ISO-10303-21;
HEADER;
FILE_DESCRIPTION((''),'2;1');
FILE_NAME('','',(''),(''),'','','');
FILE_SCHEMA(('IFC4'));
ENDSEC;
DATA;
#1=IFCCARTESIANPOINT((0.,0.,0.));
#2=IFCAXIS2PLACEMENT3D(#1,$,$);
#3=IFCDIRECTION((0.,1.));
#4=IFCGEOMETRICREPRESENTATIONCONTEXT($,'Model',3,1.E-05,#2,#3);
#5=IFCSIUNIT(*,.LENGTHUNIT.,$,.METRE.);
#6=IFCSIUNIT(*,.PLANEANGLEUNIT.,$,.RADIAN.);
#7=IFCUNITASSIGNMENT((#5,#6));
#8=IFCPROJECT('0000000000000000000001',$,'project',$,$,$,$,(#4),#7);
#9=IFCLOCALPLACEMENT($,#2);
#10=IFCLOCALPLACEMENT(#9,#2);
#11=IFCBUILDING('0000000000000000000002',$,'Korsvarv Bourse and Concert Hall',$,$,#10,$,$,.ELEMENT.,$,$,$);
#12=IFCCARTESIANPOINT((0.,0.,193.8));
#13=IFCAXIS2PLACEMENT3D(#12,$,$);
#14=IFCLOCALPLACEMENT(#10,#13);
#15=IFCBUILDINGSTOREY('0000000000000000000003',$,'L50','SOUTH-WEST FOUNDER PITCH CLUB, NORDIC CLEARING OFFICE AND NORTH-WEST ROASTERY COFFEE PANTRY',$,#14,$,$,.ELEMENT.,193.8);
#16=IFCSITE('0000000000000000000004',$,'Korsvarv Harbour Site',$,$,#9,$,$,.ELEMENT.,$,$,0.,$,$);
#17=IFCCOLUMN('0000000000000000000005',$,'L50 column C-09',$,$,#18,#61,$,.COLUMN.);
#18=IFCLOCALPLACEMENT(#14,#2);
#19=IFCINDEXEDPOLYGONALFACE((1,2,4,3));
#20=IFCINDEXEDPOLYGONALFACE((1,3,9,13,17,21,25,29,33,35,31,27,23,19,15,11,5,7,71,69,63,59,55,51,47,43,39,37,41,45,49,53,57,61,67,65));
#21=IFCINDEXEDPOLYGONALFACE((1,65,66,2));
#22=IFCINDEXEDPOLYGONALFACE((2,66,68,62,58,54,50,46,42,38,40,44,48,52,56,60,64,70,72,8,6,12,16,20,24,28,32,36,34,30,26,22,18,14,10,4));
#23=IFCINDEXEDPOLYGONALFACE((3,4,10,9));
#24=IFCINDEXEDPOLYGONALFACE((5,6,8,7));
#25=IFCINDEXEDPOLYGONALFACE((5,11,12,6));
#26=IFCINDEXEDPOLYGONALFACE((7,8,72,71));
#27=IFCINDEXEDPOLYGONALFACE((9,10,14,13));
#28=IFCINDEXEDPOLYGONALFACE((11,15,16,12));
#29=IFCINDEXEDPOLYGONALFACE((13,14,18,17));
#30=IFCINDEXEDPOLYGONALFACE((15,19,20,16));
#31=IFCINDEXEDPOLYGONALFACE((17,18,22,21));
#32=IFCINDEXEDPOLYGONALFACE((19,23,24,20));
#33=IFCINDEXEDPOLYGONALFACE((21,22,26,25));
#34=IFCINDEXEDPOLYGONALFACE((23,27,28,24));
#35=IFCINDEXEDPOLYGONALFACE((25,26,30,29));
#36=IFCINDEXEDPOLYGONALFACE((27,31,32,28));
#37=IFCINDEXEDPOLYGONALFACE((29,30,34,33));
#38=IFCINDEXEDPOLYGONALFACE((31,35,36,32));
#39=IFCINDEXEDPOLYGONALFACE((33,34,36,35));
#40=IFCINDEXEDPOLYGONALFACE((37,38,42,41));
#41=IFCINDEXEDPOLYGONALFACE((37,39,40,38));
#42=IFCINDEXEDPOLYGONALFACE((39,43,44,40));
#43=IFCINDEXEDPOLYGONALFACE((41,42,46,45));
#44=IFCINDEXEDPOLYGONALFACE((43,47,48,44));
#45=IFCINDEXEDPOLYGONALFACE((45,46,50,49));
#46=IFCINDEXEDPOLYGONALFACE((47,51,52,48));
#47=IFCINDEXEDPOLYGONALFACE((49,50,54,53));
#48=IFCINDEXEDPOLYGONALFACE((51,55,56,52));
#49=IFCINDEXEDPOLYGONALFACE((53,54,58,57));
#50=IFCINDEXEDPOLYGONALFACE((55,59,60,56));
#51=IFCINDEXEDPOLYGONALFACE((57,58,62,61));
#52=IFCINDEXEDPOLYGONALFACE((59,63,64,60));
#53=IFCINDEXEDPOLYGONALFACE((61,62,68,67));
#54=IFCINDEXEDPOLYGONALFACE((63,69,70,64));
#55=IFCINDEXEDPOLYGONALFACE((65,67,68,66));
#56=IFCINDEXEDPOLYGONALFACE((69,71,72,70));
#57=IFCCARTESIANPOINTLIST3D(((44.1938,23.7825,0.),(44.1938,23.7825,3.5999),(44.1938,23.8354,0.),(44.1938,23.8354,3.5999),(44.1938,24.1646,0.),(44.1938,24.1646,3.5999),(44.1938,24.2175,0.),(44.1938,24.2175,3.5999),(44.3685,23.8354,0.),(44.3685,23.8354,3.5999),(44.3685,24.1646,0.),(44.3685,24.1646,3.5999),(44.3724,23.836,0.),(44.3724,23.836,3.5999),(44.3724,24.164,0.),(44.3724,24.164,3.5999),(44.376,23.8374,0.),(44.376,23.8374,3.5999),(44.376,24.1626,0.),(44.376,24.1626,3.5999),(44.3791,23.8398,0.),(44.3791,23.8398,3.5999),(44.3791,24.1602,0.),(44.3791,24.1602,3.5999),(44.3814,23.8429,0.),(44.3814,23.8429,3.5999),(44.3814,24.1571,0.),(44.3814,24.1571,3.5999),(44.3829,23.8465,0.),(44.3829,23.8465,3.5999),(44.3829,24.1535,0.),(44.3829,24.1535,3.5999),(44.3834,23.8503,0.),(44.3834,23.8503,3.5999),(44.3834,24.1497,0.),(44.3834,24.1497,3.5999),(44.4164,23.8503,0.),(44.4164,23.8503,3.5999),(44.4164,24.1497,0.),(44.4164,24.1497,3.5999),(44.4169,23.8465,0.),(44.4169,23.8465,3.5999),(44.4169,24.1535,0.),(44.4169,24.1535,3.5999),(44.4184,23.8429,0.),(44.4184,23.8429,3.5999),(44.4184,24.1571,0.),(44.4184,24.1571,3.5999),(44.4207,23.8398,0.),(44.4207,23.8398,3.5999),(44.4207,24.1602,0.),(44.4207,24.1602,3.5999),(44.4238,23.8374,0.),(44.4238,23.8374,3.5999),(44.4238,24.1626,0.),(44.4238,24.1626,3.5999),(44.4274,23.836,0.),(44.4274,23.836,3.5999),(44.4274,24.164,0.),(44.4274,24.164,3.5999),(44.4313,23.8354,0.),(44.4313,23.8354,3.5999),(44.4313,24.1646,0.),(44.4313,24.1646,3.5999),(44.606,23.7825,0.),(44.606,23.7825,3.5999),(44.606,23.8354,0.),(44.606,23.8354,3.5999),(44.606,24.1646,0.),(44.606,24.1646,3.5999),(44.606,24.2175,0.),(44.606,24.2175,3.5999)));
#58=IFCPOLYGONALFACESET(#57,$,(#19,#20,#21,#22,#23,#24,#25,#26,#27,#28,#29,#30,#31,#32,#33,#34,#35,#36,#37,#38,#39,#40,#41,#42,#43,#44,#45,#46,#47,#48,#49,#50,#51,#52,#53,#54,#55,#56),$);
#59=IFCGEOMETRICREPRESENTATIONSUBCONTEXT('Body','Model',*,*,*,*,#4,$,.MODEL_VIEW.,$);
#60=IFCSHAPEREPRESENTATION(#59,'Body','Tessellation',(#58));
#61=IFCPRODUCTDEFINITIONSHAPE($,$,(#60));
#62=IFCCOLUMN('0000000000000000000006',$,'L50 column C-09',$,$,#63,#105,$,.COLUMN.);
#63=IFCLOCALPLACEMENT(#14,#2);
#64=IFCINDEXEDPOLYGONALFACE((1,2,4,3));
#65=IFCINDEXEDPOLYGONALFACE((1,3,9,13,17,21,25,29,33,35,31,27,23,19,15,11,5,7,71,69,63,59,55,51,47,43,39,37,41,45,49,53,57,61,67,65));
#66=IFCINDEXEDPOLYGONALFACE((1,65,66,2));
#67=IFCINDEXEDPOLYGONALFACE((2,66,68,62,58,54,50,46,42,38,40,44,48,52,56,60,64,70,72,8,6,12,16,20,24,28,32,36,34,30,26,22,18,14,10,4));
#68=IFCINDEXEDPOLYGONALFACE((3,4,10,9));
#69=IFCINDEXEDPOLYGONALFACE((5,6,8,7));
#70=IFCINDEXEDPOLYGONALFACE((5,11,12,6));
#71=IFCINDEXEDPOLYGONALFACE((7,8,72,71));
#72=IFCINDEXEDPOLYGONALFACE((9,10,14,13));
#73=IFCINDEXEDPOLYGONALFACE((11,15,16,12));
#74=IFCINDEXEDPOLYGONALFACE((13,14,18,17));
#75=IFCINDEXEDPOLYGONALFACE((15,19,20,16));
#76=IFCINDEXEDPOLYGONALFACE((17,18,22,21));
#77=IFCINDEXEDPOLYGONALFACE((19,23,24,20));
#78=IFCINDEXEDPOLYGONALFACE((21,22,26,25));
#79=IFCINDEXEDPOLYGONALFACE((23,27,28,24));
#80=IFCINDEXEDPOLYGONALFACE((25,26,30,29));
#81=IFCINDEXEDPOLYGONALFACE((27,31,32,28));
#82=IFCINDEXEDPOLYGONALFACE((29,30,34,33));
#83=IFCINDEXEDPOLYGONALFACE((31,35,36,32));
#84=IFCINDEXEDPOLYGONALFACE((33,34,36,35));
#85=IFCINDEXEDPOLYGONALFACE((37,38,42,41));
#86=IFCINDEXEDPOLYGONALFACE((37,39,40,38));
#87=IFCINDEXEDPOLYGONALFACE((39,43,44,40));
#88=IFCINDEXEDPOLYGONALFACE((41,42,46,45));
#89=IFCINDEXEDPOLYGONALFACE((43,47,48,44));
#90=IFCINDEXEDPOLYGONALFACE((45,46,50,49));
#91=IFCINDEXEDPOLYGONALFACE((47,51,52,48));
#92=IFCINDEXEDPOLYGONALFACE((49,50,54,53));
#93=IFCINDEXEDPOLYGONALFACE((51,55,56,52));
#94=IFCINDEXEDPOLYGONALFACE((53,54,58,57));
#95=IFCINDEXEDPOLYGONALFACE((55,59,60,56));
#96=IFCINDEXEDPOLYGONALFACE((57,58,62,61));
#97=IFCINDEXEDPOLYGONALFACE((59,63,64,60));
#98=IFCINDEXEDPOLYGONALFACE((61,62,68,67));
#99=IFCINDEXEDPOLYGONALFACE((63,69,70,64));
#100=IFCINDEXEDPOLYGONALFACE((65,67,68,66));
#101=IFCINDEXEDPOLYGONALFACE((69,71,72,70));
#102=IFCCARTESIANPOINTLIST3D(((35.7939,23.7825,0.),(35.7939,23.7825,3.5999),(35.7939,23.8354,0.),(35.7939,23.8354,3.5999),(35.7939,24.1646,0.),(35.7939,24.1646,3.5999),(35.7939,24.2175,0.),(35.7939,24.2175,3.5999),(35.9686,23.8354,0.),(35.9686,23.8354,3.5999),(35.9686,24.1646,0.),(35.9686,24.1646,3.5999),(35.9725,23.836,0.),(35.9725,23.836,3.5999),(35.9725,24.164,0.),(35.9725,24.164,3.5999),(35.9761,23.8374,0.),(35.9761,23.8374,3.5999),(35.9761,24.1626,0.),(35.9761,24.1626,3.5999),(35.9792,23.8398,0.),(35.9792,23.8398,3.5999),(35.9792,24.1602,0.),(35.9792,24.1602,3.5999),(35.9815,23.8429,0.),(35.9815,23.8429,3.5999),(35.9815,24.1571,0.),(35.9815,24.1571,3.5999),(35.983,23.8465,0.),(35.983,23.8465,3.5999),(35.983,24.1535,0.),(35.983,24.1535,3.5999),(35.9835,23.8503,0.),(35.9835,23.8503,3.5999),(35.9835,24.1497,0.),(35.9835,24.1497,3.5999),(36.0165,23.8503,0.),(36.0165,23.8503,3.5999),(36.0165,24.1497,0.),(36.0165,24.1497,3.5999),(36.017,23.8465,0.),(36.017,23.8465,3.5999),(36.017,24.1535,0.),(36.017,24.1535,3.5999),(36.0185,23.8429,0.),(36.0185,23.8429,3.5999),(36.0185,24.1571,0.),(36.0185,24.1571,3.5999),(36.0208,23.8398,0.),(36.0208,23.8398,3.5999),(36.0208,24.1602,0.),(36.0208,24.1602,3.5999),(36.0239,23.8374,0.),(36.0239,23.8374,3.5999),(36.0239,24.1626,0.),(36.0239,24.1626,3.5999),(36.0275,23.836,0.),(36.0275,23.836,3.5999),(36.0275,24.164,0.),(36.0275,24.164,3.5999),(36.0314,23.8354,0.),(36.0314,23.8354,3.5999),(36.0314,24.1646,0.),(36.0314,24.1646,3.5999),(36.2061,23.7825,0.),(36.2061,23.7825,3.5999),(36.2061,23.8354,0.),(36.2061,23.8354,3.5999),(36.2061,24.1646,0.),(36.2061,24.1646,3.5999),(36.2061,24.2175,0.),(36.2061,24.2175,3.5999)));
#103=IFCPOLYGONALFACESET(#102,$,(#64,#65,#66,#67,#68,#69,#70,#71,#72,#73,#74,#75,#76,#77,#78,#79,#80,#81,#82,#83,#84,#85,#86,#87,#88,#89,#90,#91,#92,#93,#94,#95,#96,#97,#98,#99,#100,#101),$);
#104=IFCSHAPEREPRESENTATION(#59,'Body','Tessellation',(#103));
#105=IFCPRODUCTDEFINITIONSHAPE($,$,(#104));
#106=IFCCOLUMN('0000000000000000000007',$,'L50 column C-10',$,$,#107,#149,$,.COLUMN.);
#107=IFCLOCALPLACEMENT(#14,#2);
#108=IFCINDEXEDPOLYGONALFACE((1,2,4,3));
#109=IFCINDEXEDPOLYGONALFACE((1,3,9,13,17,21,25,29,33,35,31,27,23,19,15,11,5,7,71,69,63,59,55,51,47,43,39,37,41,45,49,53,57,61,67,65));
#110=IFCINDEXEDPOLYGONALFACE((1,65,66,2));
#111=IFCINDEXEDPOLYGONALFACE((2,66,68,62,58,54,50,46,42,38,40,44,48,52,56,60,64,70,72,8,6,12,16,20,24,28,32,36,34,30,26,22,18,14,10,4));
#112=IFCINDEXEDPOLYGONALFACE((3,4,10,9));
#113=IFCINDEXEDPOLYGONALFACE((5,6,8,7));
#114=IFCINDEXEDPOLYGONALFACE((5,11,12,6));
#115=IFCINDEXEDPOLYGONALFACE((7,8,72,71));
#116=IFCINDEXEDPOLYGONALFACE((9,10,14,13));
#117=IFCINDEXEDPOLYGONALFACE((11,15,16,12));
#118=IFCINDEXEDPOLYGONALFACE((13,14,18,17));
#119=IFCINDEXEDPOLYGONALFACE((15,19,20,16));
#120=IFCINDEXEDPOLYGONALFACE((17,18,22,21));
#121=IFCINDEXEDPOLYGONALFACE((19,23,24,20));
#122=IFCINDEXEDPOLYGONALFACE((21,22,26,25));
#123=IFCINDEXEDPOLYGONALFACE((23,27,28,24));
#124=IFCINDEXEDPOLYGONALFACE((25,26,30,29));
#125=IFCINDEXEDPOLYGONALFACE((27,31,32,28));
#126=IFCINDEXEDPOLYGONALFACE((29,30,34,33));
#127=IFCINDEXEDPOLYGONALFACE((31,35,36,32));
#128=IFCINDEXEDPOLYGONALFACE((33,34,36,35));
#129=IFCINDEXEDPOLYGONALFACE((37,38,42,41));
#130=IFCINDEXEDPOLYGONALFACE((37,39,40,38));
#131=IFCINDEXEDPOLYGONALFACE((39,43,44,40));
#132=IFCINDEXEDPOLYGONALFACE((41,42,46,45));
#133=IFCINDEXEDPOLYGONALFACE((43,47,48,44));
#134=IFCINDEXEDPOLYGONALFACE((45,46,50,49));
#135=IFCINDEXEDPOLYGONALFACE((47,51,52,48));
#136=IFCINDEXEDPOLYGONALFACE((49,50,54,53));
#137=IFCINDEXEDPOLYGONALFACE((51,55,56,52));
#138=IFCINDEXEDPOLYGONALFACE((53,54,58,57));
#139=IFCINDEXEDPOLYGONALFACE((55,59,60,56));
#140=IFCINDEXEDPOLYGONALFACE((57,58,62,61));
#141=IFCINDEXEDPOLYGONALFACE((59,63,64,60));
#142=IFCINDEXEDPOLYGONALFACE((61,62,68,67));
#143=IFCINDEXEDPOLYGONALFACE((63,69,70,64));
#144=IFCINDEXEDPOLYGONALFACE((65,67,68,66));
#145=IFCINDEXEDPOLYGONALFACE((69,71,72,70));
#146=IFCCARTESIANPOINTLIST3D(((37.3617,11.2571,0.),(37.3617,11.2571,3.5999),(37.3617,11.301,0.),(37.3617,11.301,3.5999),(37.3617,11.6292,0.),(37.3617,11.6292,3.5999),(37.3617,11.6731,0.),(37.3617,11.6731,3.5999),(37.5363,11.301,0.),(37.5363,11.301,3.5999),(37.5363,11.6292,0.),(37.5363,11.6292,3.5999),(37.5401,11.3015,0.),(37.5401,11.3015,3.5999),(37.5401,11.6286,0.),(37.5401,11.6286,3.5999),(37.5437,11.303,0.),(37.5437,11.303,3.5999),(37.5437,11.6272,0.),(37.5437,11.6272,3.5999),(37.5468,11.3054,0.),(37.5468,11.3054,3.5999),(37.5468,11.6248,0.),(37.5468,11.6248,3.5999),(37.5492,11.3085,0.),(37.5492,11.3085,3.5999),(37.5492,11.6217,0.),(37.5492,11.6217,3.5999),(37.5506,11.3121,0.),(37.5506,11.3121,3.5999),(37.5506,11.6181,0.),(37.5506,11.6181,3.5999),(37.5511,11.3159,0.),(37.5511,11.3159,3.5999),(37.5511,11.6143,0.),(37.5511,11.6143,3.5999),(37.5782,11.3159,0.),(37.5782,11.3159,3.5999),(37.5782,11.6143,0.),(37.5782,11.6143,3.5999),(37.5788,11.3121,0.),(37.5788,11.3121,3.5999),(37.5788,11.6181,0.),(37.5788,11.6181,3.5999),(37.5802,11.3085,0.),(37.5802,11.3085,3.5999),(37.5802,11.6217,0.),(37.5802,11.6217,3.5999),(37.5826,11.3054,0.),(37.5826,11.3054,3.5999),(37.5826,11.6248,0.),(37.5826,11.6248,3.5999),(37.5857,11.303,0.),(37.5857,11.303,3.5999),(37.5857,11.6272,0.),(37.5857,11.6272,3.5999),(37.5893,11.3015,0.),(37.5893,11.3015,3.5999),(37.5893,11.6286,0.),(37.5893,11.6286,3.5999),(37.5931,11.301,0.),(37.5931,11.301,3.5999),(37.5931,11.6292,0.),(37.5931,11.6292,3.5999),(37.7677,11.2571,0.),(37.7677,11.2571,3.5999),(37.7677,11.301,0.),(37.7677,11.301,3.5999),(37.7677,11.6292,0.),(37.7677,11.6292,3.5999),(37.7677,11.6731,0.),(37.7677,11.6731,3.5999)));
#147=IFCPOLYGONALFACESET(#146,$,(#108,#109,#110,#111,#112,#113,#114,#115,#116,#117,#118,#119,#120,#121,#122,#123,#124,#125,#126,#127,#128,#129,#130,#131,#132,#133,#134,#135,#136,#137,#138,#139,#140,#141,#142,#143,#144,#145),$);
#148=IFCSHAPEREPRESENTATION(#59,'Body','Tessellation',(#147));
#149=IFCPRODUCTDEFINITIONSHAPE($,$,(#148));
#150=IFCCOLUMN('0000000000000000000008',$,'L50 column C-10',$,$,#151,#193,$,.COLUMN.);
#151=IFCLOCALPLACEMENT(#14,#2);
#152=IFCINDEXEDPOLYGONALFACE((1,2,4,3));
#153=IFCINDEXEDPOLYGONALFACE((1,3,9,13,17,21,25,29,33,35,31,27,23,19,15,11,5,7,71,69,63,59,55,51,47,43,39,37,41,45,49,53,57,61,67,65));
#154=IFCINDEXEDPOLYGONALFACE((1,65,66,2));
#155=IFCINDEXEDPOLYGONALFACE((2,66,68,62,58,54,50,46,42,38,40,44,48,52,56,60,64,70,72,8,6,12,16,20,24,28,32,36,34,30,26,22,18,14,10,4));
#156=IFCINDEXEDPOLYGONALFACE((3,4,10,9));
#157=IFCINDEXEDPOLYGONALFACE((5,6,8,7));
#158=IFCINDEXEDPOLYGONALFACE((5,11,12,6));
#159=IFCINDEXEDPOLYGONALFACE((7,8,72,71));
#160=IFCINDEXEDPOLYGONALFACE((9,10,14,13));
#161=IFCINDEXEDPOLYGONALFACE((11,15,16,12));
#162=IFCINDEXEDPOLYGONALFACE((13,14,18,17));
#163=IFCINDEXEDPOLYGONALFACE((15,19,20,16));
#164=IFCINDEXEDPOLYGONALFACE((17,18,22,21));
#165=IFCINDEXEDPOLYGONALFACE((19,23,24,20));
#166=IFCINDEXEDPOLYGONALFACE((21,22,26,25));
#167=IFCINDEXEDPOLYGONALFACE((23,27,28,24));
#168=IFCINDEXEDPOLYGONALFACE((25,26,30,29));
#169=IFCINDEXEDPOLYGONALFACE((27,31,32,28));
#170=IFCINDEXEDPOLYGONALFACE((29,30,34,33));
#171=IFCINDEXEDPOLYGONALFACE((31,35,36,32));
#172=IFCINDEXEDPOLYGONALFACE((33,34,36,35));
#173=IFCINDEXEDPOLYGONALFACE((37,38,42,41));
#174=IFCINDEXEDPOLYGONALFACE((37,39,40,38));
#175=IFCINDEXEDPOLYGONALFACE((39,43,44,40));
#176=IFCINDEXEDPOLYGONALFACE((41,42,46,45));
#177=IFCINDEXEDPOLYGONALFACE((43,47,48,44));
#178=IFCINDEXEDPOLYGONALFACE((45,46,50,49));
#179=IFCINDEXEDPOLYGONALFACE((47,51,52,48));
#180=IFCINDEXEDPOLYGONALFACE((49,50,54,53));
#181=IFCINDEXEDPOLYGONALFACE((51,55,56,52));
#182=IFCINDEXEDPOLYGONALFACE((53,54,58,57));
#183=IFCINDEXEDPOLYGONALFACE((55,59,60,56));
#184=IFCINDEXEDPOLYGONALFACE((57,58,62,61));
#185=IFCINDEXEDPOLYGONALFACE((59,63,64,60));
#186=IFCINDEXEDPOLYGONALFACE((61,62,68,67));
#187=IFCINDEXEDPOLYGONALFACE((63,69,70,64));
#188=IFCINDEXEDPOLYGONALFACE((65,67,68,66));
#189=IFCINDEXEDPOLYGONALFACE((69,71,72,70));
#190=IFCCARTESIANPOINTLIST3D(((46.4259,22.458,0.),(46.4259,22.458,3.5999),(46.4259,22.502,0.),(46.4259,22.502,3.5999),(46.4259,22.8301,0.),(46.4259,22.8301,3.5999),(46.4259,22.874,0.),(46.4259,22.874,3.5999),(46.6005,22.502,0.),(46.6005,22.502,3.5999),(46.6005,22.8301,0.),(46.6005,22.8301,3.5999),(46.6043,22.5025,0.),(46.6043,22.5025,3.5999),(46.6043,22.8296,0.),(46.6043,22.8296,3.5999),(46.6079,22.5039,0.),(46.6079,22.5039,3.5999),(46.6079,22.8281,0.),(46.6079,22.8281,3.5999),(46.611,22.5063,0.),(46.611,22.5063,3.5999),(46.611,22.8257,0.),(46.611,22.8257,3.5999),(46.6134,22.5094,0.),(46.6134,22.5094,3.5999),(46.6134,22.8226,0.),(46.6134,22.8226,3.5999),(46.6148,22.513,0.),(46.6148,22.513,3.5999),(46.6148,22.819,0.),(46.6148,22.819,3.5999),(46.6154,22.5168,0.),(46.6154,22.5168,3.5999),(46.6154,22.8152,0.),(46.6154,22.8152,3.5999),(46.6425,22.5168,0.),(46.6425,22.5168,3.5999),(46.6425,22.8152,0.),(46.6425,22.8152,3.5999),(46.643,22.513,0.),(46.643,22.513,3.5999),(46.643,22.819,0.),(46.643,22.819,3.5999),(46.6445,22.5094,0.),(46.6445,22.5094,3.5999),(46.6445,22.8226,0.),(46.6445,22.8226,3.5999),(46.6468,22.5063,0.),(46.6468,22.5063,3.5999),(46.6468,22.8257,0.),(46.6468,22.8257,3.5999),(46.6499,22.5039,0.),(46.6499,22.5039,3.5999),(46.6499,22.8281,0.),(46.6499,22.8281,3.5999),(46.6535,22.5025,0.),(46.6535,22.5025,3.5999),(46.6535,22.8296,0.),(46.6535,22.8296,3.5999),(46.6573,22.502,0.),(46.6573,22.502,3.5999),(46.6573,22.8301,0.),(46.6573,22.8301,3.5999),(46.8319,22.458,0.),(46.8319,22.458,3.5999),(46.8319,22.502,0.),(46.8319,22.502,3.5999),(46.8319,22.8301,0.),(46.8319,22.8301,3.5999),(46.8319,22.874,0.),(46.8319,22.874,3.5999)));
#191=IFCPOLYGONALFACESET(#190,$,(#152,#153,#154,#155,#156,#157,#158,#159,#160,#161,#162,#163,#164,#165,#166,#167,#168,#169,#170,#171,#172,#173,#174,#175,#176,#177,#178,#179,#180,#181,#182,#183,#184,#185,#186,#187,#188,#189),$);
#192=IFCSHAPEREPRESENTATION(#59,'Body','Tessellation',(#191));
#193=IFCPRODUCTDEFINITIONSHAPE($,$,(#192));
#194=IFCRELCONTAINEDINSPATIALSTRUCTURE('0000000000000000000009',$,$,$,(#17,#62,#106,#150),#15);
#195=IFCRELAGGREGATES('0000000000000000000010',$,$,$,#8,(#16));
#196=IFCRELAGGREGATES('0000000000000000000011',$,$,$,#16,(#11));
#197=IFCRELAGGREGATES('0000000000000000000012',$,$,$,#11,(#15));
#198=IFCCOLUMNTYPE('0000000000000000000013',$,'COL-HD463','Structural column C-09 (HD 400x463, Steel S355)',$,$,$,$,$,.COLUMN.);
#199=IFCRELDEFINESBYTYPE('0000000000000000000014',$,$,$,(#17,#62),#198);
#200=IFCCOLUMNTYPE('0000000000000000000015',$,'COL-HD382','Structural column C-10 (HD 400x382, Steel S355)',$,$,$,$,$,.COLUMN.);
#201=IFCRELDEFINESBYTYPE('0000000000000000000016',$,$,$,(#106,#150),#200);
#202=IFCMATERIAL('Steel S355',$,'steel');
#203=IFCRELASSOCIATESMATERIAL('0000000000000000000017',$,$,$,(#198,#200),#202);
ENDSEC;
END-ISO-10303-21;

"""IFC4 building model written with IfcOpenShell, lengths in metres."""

from ifc_helpers import new_model, si_unit, direction, frame, origin, origin_2d, place, context, subcontext, project, spatial, i_section, extrude, source, transform, mapped, material, material_profile, profile_set, type_object, element, save


model = new_model("IFC4")

# Units and contexts
model_context = context("Model", 3, precision=1e-05, world=origin(), true_north=direction((0.0, 1.0)))
body_context = subcontext(model_context, "Body", "Model", "MODEL_VIEW")
ifc_project = project(units=[si_unit("LENGTHUNIT", "METRE"), si_unit("PLANEANGLEUNIT", "RADIAN")], contexts=[model_context])

# Site, building, storey
site_placement = place(None, origin())
site = spatial("IfcSite", under=ifc_project, at=site_placement, Name="Korsvarv Harbour Site", CompositionType="ELEMENT", RefElevation=0.0)
building_placement = place(site_placement, origin())
building = spatial("IfcBuilding", under=site, at=building_placement, Name="Korsvarv Bourse and Concert Hall", CompositionType="ELEMENT")
storey_placement = place(building_placement, frame((0.0, 0.0, 193.8)))
storey = spatial("IfcBuildingStorey", under=building, at=storey_placement, Name="L50", Description="SOUTH-WEST FOUNDER PITCH CLUB, NORDIC CLEARING OFFICE AND NORTH-WEST ROASTERY COFFEE PANTRY", CompositionType="ELEMENT", Elevation=193.8)

# Columns
ifc_material_1 = material(Name="Steel S355", Category="steel")
ifc_material_profile_1 = material_profile(ifc_material_1, i_section(OverallWidth=0.4121, OverallDepth=0.4351, WebThickness=0.033, FlangeThickness=0.053, FilletRadius=0.0149, at=origin_2d()), Name="HD 400x463")
ifc_profile_set_1 = profile_set([ifc_material_profile_1], Name="Steel S355")
column_type_1 = type_object("IfcColumnType", Name="COL-HD463", Description="Structural column C-09 (HD 400x463, Steel S355)", PredefinedType="COLUMN", material=ifc_profile_set_1)
shared_shape_1 = source(origin(), body_context, "Body", "SweptSolid", [
    extrude(i_section(OverallWidth=0.4121, OverallDepth=0.4351, WebThickness=0.033, FlangeThickness=0.053, FilletRadius=0.0149, at=origin_2d()), origin(), (0.0, 0.0, 1.0), 3.5999),
])
for number, where, z_axis, x_axis, name in (
    (1, (44.3999, 24.0, 0.0), (0.0, 0.0, 1.0), (1.0, 0.0, 0.0), "L50 column C-09"),
    (2, (36.0, 24.0, 0.0), (0.0, 0.0, 1.0), (1.0, 0.0, 0.0), "L50 column C-09"),
):
    element("IfcColumn", number, at=place(storey_placement, frame(where, z_axis=z_axis, x_axis=x_axis)), inside=storey, type_object=column_type_1, Name=name, PredefinedType="COLUMN", context=body_context, shape_type="MappedRepresentation", body=[
        mapped(shared_shape_1, transform((0.0, 0.0, 0.0), scale=1.0)),
    ])
ifc_material_profile_2 = material_profile(ifc_material_1, i_section(OverallWidth=0.406, OverallDepth=0.416, WebThickness=0.0271, FlangeThickness=0.0439, FilletRadius=0.0149, at=origin_2d()), Name="HD 400x382")
ifc_profile_set_2 = profile_set([ifc_material_profile_2], Name="Steel S355")
column_type_2 = type_object("IfcColumnType", Name="COL-HD382", Description="Structural column C-10 (HD 400x382, Steel S355)", PredefinedType="COLUMN", material=ifc_profile_set_2)
shared_shape_2 = source(origin(), body_context, "Body", "SweptSolid", [
    extrude(i_section(OverallWidth=0.406, OverallDepth=0.416, WebThickness=0.0271, FlangeThickness=0.0439, FilletRadius=0.0149, at=origin_2d()), origin(), (0.0, 0.0, 1.0), 3.5999),
])
for number, where, z_axis, x_axis, name in (
    (3, (37.5647, 11.4651, 0.0), (0.0, 0.0, 1.0), (1.0, 0.0, 0.0), "L50 column C-10"),
    (4, (46.6289, 22.666, 0.0), (0.0, 0.0, 1.0), (1.0, 0.0, 0.0), "L50 column C-10"),
):
    element("IfcColumn", number, at=place(storey_placement, frame(where, z_axis=z_axis, x_axis=x_axis)), inside=storey, type_object=column_type_2, Name=name, PredefinedType="COLUMN", context=body_context, shape_type="MappedRepresentation", body=[
        mapped(shared_shape_2, transform((0.0, 0.0, 0.0), scale=1.0)),
    ])

save(model, "model.ifc")
